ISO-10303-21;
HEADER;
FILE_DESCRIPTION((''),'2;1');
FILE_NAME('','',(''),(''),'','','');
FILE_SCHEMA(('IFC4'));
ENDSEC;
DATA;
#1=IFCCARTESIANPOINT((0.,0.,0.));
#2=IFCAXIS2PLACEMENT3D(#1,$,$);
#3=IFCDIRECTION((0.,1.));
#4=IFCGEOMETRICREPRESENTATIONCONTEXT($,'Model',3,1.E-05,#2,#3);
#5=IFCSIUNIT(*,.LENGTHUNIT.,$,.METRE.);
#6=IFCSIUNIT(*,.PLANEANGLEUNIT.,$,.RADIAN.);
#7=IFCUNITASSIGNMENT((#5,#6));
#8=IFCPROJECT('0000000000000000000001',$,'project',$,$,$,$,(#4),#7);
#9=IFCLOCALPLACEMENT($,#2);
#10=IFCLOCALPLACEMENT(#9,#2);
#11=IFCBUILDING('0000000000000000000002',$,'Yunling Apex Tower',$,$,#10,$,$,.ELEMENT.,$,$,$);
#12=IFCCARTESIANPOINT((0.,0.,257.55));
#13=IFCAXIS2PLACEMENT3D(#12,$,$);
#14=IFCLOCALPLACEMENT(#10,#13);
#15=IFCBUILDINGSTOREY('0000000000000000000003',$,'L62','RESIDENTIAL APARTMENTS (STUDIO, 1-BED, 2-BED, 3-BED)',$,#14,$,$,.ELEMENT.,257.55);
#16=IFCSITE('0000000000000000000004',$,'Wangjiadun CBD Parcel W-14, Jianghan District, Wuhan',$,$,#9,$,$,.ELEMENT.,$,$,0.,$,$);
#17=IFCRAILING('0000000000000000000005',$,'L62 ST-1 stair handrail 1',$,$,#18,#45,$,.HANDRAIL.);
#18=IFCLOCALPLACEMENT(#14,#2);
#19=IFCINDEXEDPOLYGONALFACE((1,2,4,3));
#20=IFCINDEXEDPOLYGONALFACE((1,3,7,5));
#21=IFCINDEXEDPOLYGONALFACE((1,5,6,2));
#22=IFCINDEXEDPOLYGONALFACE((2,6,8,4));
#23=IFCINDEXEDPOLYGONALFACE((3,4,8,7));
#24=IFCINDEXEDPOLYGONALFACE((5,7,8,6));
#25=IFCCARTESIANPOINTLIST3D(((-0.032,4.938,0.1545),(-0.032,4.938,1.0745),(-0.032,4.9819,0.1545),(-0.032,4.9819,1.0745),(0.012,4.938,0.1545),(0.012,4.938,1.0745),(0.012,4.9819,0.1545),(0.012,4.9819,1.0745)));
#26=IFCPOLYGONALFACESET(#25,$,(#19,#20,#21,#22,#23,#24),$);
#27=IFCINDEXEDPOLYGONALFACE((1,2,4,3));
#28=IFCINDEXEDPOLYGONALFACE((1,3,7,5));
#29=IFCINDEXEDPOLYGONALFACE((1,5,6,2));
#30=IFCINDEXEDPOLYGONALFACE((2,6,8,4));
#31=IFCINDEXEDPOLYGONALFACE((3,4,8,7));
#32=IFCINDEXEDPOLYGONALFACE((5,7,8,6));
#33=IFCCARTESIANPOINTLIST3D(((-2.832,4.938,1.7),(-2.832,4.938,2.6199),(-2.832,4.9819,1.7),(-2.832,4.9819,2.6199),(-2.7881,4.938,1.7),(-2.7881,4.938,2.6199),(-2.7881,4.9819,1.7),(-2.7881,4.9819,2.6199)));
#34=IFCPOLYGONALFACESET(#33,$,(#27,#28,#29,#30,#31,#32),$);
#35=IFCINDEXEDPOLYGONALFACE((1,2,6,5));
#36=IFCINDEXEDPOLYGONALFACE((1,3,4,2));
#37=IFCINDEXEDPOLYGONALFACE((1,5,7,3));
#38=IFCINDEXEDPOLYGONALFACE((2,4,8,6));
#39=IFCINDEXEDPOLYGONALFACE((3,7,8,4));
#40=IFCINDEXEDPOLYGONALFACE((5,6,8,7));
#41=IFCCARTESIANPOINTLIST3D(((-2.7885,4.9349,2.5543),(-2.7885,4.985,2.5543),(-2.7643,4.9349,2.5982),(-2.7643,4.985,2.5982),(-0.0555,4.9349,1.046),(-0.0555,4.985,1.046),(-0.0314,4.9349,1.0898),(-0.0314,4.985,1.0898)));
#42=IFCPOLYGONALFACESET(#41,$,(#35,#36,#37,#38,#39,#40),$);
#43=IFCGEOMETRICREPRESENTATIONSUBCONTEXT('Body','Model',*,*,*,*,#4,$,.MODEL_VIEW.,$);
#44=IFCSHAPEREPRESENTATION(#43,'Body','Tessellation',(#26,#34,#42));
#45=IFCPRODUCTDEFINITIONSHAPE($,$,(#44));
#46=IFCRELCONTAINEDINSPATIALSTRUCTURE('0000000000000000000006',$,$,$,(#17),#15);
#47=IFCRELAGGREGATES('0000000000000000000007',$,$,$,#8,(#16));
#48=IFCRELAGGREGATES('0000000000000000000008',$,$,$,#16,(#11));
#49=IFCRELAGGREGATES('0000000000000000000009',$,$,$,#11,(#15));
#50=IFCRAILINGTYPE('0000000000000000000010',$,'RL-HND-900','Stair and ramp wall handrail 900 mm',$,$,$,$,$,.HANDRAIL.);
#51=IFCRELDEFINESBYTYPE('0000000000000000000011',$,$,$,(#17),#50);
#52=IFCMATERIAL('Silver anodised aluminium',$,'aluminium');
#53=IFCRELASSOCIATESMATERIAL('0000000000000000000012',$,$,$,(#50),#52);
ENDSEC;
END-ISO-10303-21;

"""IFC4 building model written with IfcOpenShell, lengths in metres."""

from ifc_helpers import new_model, si_unit, direction, frame, origin, origin_2d, place, context, subcontext, project, spatial, rectangle, extrude, material, type_object, element, save


model = new_model("IFC4")

# Units and contexts
model_context = context("Model", 3, precision=1e-05, world=origin(), true_north=direction((0.0, 1.0)))
body_context = subcontext(model_context, "Body", "Model", "MODEL_VIEW")
ifc_project = project(units=[si_unit("LENGTHUNIT", "METRE"), si_unit("PLANEANGLEUNIT", "RADIAN")], contexts=[model_context])

# Site, building, storey
site_placement = place(None, origin())
site = spatial("IfcSite", under=ifc_project, at=site_placement, Name="Wangjiadun CBD Parcel W-14, Jianghan District, Wuhan", CompositionType="ELEMENT", RefElevation=0.0)
building_placement = place(site_placement, origin())
building = spatial("IfcBuilding", under=site, at=building_placement, Name="Yunling Apex Tower", CompositionType="ELEMENT")
storey_placement = place(building_placement, frame((0.0, 0.0, 257.55)))
storey = spatial("IfcBuildingStorey", under=building, at=storey_placement, Name="L62", Description="RESIDENTIAL APARTMENTS (STUDIO, 1-BED, 2-BED, 3-BED)", CompositionType="ELEMENT", Elevation=257.55)

# Railing
ifc_material_1 = material(Name="Silver anodised aluminium", Category="aluminium")
railing_type_1 = type_object("IfcRailingType", Name="RL-HND-900", Description="Stair and ramp wall handrail 900 mm", PredefinedType="HANDRAIL", material=ifc_material_1)
railing_1_placement = place(storey_placement, frame((-0.01, 4.96, 0.1545)))
element("IfcRailing", 1, at=railing_1_placement, inside=storey, type_object=railing_type_1, Name="L62 ST-1 stair handrail 1", PredefinedType="HANDRAIL", context=body_context, shape_type="SweptSolid", body=[
    extrude(rectangle(XDim=0.0439, YDim=0.0439, at=origin_2d()), origin(), (0.0, 0.0, 1.0), 0.9199),
    extrude(rectangle(XDim=0.0439, YDim=0.0439, at=origin_2d()), frame((-2.8, 0.0, 1.5454)), (0.0, 0.0, 1.0), 0.9199),
    extrude(rectangle(XDim=0.05, YDim=0.05, at=origin_2d()), frame((-0.0334, 0.0, 0.9133), z_axis=(-0.875504, 0.0, 0.483211), x_axis=(0.0, -1.0, 0.0)), (0.0, 0.0, 1.0), 3.1216),
])

save(model, "model.ifc")
